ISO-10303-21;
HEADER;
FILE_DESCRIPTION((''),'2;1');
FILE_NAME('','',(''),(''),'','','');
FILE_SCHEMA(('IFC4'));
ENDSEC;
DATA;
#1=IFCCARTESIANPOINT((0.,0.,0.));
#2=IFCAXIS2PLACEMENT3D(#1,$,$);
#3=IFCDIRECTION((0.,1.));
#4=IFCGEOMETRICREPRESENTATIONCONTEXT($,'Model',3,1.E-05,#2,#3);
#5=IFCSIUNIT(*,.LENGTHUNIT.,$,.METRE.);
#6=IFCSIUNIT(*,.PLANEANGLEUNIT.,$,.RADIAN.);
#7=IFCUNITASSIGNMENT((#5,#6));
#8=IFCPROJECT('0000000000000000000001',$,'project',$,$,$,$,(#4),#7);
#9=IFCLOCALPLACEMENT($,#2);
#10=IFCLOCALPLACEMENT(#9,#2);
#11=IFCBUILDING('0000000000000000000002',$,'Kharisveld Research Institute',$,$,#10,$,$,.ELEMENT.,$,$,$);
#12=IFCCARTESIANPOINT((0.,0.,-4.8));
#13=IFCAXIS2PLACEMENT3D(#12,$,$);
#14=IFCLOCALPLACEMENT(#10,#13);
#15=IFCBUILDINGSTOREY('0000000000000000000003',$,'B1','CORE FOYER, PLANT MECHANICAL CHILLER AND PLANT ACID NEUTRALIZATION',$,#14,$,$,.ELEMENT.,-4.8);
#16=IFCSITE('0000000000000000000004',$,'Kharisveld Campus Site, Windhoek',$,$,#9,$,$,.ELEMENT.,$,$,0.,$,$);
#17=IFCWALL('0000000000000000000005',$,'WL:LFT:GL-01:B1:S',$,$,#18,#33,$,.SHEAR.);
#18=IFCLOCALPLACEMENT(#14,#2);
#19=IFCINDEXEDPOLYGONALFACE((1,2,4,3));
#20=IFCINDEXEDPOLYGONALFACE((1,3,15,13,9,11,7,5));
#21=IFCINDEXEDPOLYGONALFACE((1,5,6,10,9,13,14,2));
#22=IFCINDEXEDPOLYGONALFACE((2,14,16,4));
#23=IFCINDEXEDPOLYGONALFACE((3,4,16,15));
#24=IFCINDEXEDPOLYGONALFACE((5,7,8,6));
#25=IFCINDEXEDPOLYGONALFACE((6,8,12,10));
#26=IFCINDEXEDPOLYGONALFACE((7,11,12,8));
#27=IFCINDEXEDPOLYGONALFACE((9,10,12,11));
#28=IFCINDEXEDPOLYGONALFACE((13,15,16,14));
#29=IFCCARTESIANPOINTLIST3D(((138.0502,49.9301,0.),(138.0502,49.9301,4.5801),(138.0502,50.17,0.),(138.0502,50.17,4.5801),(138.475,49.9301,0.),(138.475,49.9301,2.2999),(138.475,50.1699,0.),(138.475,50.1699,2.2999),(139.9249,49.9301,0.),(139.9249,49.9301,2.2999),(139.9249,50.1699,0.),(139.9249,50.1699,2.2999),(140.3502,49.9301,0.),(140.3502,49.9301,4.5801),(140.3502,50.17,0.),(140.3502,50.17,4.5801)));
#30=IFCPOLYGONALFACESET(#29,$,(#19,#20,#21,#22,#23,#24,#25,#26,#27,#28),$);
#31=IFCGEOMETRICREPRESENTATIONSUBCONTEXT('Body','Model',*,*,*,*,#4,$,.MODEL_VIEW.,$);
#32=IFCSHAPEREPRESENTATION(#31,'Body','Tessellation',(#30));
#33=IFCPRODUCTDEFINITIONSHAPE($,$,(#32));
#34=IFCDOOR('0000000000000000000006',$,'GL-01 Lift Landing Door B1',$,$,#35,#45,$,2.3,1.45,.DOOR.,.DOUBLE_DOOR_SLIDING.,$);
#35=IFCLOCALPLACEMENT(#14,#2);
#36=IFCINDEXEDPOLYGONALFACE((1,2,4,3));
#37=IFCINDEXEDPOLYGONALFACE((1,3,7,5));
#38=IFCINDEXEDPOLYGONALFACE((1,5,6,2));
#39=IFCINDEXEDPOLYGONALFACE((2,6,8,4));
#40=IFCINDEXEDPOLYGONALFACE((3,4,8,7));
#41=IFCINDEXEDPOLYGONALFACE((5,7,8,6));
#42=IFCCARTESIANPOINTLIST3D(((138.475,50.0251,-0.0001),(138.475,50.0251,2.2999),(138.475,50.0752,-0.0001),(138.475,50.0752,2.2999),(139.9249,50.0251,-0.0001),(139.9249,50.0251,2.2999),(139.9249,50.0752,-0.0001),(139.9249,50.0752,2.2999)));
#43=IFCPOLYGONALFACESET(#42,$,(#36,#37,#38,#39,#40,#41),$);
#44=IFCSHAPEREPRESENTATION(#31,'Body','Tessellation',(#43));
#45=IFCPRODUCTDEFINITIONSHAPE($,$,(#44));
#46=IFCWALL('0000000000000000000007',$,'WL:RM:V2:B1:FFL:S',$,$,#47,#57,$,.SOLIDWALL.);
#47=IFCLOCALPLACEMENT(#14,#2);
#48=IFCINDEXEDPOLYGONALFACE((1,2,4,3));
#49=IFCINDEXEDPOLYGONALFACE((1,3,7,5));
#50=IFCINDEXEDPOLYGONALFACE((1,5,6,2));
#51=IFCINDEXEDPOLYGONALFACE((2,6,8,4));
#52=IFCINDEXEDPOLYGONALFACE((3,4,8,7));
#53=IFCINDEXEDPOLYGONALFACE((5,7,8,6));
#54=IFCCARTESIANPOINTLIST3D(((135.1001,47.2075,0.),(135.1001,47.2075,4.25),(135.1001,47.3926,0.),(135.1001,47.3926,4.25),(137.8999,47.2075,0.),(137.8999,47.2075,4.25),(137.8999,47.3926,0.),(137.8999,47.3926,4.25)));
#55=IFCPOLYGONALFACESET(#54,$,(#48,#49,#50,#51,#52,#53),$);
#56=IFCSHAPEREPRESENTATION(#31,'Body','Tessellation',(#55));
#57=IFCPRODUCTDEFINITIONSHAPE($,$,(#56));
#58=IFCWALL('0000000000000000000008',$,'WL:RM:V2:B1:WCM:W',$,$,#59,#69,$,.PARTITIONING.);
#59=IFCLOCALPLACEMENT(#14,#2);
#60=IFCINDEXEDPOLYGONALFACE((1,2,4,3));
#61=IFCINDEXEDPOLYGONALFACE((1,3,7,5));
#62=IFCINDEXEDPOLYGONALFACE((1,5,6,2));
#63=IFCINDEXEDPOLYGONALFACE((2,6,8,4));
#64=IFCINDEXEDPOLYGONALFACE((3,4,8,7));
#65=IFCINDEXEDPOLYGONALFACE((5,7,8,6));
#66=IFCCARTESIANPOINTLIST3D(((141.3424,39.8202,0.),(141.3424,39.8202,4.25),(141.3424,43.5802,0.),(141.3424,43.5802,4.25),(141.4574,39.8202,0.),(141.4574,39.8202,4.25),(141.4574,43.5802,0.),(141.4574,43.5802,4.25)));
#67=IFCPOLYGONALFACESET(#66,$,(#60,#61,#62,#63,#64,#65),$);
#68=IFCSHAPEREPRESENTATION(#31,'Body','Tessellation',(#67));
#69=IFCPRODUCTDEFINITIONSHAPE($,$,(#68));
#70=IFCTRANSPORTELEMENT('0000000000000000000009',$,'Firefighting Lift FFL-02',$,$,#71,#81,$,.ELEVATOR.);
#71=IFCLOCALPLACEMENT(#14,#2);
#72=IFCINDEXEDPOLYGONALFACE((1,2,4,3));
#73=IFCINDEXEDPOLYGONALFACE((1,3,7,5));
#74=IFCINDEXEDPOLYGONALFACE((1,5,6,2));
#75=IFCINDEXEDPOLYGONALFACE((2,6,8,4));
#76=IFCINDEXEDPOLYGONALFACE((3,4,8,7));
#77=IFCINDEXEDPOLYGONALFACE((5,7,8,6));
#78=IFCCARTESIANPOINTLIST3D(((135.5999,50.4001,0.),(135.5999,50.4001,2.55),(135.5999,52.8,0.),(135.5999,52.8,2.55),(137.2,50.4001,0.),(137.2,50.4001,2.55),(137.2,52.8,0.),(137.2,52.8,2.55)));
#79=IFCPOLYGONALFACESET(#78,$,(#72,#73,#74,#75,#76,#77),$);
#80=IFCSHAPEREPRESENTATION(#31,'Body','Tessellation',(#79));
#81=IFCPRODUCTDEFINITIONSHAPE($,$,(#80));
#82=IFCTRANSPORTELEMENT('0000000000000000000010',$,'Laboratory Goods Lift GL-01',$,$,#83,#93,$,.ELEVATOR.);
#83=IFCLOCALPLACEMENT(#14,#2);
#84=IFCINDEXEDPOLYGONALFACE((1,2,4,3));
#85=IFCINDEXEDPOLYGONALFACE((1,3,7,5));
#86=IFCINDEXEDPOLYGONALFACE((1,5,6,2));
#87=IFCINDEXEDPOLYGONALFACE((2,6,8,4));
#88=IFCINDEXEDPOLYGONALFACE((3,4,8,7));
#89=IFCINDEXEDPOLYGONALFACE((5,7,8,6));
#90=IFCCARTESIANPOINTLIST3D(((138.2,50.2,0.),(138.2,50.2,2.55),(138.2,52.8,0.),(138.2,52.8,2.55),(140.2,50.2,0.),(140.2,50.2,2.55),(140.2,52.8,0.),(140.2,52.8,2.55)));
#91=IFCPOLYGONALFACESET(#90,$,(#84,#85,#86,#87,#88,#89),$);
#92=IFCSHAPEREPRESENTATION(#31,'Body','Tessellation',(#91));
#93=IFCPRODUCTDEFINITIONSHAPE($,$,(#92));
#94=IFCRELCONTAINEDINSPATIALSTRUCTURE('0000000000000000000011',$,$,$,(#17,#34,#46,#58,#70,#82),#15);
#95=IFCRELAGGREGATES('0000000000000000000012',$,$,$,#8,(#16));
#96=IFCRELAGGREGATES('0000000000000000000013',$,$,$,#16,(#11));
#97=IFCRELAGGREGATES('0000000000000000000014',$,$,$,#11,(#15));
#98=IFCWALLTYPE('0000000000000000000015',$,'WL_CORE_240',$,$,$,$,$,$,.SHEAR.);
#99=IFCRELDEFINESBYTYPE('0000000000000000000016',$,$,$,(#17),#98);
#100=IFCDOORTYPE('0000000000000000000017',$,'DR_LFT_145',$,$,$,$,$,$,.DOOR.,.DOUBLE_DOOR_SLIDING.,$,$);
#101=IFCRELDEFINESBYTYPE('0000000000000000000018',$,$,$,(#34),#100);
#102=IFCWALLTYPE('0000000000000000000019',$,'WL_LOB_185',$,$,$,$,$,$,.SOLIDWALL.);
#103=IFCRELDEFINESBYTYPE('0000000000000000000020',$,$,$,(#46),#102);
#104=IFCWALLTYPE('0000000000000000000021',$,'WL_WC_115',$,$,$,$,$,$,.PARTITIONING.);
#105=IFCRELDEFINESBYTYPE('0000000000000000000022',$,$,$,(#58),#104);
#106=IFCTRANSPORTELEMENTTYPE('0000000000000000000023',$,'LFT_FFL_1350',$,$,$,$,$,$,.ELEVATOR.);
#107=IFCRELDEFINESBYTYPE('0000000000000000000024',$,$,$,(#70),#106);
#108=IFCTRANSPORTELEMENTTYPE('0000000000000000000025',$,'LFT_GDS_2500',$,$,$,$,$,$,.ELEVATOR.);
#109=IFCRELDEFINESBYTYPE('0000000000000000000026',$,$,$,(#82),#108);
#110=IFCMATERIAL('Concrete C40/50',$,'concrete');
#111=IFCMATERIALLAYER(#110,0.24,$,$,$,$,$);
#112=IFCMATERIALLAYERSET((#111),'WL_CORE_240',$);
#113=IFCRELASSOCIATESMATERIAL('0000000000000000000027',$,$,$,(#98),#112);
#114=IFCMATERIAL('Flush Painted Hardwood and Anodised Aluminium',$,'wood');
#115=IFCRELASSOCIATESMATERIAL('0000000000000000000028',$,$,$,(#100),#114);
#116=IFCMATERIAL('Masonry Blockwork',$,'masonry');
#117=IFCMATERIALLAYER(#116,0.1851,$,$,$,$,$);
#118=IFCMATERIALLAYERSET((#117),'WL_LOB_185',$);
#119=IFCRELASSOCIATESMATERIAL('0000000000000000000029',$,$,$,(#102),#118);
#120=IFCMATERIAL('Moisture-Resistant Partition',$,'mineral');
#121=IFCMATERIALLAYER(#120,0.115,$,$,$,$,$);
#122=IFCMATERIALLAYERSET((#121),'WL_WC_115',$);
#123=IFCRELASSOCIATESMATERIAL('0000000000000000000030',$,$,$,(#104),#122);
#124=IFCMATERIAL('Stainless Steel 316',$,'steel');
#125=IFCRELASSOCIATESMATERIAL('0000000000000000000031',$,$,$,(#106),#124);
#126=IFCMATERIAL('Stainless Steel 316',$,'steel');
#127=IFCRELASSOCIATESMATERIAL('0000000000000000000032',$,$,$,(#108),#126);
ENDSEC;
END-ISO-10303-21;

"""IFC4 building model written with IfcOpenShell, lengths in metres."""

from ifc_helpers import new_model, si_unit, direction, frame, frame_2d, origin, origin_2d, place, context, subcontext, project, spatial, rectangle, extrude, material, layer, layer_set, type_object, element, fill, save


model = new_model("IFC4")

# Units and contexts
model_context = context("Model", 3, precision=1e-05, world=origin(), true_north=direction((0.0, 1.0)))
body_context = subcontext(model_context, "Body", "Model", "MODEL_VIEW")
ifc_project = project(units=[si_unit("LENGTHUNIT", "METRE"), si_unit("PLANEANGLEUNIT", "RADIAN")], contexts=[model_context])

# Site, building, storey
site_placement = place(None, origin())
site = spatial("IfcSite", under=ifc_project, at=site_placement, Name="Kharisveld Campus Site, Windhoek", CompositionType="ELEMENT", RefElevation=0.0)
building_placement = place(site_placement, origin())
building = spatial("IfcBuilding", under=site, at=building_placement, Name="Kharisveld Research Institute", CompositionType="ELEMENT")
storey_placement = place(building_placement, frame((0.0, 0.0, -4.8)))
storey = spatial("IfcBuildingStorey", under=building, at=storey_placement, Name="B1", Description="CORE FOYER, PLANT MECHANICAL CHILLER AND PLANT ACID NEUTRALIZATION", CompositionType="ELEMENT", Elevation=-4.8)

# Shared definitions
ifc_material_1 = material(Name="Concrete C40/50", Category="concrete")
ifc_layer_1 = layer(ifc_material_1, 0.24)
ifc_layer_set_1 = layer_set([ifc_layer_1], Name="WL_CORE_240")
wall_type_1 = type_object("IfcWallType", Name="WL_CORE_240", PredefinedType="SHEAR", material=ifc_layer_set_1)

# Wall, opening, door
wall_1_placement = place(storey_placement, frame((140.3501, 50.05, 0.0), z_axis=(0.0, 0.0, 1.0), x_axis=(-1.0, 0.0, 0.0)))
wall_1 = element("IfcWall", 1, at=wall_1_placement, inside=storey, type_object=wall_type_1, Name="WL:LFT:GL-01:B1:S", PredefinedType="SHEAR", context=body_context, shape_type="SweptSolid", body=[
    extrude(rectangle(XDim=2.3, YDim=0.24, at=frame_2d((1.1499, 0.0))), origin(), (0.0, 0.0, 1.0), 4.5801),
])
opening_1_placement = place(wall_1_placement, frame((0.425, 0.0, 0.0)))
opening_1 = element("IfcOpeningElement", 2, at=opening_1_placement, cuts=wall_1, PredefinedType="OPENING", context=body_context, shape_type="SweptSolid", body=[
    extrude(rectangle(XDim=1.45, YDim=2.3, at=frame_2d((0.7251, 1.1499))), frame((0.0, 0.1201, 0.0), z_axis=(0.0, -1.0, 0.0), x_axis=(1.0, 0.0, 0.0)), (0.0, 0.0, 1.0), 0.24),
])
ifc_material_2 = material(Name="Flush Painted Hardwood and Anodised Aluminium", Category="wood")
door_type_1 = type_object("IfcDoorType", Name="DR_LFT_145", OperationType="DOUBLE_DOOR_SLIDING", PredefinedType="DOOR", material=ifc_material_2)
door_1_placement = place(opening_1_placement, origin())
door_1 = element("IfcDoor", 3, at=door_1_placement, inside=storey, type_object=door_type_1, Name="GL-01 Lift Landing Door B1", OperationType="DOUBLE_DOOR_SLIDING", OverallHeight=2.3, OverallWidth=1.45, PredefinedType="DOOR", context=body_context, shape_type="SweptSolid", body=[
    extrude(rectangle(XDim=1.45, YDim=2.3, at=frame_2d((0.7251, 1.1499))), frame((0.0, 0.0249, 0.0), z_axis=(0.0, -1.0, 0.0), x_axis=(1.0, 0.0, 0.0)), (0.0, 0.0, 1.0), 0.05),
])
fill(opening_1, door_1)

# Wall
ifc_material_3 = material(Name="Masonry Blockwork", Category="masonry")
ifc_layer_2 = layer(ifc_material_3, 0.1851)
ifc_layer_set_2 = layer_set([ifc_layer_2], Name="WL_LOB_185")
wall_type_2 = type_object("IfcWallType", Name="WL_LOB_185", PredefinedType="SOLIDWALL", material=ifc_layer_set_2)
wall_2_placement = place(storey_placement, frame((135.1001, 47.3, 0.0), z_axis=(0.0, 0.0, 1.0), x_axis=(1.0, 0.0, 0.0)))
element("IfcWall", 4, at=wall_2_placement, inside=storey, type_object=wall_type_2, Name="WL:RM:V2:B1:FFL:S", PredefinedType="SOLIDWALL", context=body_context, shape_type="SweptSolid", body=[
    extrude(rectangle(XDim=2.7998, YDim=0.1851, at=frame_2d((1.3999, 0.0))), origin(), (0.0, 0.0, 1.0), 4.25),
])

# Wall
ifc_material_4 = material(Name="Moisture-Resistant Partition", Category="mineral")
ifc_layer_3 = layer(ifc_material_4, 0.115)
ifc_layer_set_3 = layer_set([ifc_layer_3], Name="WL_WC_115")
wall_type_3 = type_object("IfcWallType", Name="WL_WC_115", PredefinedType="PARTITIONING", material=ifc_layer_set_3)
wall_3_placement = place(storey_placement, frame((141.3999, 43.5801, 0.0), z_axis=(0.0, 0.0, 1.0), x_axis=(0.0, -1.0, 0.0)))
element("IfcWall", 5, at=wall_3_placement, inside=storey, type_object=wall_type_3, Name="WL:RM:V2:B1:WCM:W", PredefinedType="PARTITIONING", context=body_context, shape_type="SweptSolid", body=[
    extrude(rectangle(XDim=3.76, YDim=0.115, at=frame_2d((1.8799, 0.0))), origin(), (0.0, 0.0, 1.0), 4.25),
])

# Transport elements
ifc_material_5 = material(Name="Stainless Steel 316", Category="steel")
transport_element_type_1 = type_object("IfcTransportElementType", Name="LFT_FFL_1350", PredefinedType="ELEVATOR", material=ifc_material_5)
transport_element_1_placement = place(storey_placement, frame((136.3999, 51.6001, 0.0), z_axis=(0.0, 0.0, 1.0), x_axis=(1.0, 0.0, 0.0)))
element("IfcTransportElement", 6, at=transport_element_1_placement, inside=storey, type_object=transport_element_type_1, Name="Firefighting Lift FFL-02", PredefinedType="ELEVATOR", context=body_context, shape_type="SweptSolid", body=[
    extrude(rectangle(XDim=1.6001, YDim=2.3999, at=origin_2d()), origin(), (0.0, 0.0, 1.0), 2.55),
])
ifc_material_6 = material(Name="Stainless Steel 316", Category="steel")
transport_element_type_2 = type_object("IfcTransportElementType", Name="LFT_GDS_2500", PredefinedType="ELEVATOR", material=ifc_material_6)
transport_element_2_placement = place(storey_placement, frame((139.2, 51.5, 0.0), z_axis=(0.0, 0.0, 1.0), x_axis=(1.0, 0.0, 0.0)))
element("IfcTransportElement", 7, at=transport_element_2_placement, inside=storey, type_object=transport_element_type_2, Name="Laboratory Goods Lift GL-01", PredefinedType="ELEVATOR", context=body_context, shape_type="SweptSolid", body=[
    extrude(rectangle(XDim=2.0, YDim=2.6001, at=origin_2d()), origin(), (0.0, 0.0, 1.0), 2.55),
])

save(model, "model.ifc")
